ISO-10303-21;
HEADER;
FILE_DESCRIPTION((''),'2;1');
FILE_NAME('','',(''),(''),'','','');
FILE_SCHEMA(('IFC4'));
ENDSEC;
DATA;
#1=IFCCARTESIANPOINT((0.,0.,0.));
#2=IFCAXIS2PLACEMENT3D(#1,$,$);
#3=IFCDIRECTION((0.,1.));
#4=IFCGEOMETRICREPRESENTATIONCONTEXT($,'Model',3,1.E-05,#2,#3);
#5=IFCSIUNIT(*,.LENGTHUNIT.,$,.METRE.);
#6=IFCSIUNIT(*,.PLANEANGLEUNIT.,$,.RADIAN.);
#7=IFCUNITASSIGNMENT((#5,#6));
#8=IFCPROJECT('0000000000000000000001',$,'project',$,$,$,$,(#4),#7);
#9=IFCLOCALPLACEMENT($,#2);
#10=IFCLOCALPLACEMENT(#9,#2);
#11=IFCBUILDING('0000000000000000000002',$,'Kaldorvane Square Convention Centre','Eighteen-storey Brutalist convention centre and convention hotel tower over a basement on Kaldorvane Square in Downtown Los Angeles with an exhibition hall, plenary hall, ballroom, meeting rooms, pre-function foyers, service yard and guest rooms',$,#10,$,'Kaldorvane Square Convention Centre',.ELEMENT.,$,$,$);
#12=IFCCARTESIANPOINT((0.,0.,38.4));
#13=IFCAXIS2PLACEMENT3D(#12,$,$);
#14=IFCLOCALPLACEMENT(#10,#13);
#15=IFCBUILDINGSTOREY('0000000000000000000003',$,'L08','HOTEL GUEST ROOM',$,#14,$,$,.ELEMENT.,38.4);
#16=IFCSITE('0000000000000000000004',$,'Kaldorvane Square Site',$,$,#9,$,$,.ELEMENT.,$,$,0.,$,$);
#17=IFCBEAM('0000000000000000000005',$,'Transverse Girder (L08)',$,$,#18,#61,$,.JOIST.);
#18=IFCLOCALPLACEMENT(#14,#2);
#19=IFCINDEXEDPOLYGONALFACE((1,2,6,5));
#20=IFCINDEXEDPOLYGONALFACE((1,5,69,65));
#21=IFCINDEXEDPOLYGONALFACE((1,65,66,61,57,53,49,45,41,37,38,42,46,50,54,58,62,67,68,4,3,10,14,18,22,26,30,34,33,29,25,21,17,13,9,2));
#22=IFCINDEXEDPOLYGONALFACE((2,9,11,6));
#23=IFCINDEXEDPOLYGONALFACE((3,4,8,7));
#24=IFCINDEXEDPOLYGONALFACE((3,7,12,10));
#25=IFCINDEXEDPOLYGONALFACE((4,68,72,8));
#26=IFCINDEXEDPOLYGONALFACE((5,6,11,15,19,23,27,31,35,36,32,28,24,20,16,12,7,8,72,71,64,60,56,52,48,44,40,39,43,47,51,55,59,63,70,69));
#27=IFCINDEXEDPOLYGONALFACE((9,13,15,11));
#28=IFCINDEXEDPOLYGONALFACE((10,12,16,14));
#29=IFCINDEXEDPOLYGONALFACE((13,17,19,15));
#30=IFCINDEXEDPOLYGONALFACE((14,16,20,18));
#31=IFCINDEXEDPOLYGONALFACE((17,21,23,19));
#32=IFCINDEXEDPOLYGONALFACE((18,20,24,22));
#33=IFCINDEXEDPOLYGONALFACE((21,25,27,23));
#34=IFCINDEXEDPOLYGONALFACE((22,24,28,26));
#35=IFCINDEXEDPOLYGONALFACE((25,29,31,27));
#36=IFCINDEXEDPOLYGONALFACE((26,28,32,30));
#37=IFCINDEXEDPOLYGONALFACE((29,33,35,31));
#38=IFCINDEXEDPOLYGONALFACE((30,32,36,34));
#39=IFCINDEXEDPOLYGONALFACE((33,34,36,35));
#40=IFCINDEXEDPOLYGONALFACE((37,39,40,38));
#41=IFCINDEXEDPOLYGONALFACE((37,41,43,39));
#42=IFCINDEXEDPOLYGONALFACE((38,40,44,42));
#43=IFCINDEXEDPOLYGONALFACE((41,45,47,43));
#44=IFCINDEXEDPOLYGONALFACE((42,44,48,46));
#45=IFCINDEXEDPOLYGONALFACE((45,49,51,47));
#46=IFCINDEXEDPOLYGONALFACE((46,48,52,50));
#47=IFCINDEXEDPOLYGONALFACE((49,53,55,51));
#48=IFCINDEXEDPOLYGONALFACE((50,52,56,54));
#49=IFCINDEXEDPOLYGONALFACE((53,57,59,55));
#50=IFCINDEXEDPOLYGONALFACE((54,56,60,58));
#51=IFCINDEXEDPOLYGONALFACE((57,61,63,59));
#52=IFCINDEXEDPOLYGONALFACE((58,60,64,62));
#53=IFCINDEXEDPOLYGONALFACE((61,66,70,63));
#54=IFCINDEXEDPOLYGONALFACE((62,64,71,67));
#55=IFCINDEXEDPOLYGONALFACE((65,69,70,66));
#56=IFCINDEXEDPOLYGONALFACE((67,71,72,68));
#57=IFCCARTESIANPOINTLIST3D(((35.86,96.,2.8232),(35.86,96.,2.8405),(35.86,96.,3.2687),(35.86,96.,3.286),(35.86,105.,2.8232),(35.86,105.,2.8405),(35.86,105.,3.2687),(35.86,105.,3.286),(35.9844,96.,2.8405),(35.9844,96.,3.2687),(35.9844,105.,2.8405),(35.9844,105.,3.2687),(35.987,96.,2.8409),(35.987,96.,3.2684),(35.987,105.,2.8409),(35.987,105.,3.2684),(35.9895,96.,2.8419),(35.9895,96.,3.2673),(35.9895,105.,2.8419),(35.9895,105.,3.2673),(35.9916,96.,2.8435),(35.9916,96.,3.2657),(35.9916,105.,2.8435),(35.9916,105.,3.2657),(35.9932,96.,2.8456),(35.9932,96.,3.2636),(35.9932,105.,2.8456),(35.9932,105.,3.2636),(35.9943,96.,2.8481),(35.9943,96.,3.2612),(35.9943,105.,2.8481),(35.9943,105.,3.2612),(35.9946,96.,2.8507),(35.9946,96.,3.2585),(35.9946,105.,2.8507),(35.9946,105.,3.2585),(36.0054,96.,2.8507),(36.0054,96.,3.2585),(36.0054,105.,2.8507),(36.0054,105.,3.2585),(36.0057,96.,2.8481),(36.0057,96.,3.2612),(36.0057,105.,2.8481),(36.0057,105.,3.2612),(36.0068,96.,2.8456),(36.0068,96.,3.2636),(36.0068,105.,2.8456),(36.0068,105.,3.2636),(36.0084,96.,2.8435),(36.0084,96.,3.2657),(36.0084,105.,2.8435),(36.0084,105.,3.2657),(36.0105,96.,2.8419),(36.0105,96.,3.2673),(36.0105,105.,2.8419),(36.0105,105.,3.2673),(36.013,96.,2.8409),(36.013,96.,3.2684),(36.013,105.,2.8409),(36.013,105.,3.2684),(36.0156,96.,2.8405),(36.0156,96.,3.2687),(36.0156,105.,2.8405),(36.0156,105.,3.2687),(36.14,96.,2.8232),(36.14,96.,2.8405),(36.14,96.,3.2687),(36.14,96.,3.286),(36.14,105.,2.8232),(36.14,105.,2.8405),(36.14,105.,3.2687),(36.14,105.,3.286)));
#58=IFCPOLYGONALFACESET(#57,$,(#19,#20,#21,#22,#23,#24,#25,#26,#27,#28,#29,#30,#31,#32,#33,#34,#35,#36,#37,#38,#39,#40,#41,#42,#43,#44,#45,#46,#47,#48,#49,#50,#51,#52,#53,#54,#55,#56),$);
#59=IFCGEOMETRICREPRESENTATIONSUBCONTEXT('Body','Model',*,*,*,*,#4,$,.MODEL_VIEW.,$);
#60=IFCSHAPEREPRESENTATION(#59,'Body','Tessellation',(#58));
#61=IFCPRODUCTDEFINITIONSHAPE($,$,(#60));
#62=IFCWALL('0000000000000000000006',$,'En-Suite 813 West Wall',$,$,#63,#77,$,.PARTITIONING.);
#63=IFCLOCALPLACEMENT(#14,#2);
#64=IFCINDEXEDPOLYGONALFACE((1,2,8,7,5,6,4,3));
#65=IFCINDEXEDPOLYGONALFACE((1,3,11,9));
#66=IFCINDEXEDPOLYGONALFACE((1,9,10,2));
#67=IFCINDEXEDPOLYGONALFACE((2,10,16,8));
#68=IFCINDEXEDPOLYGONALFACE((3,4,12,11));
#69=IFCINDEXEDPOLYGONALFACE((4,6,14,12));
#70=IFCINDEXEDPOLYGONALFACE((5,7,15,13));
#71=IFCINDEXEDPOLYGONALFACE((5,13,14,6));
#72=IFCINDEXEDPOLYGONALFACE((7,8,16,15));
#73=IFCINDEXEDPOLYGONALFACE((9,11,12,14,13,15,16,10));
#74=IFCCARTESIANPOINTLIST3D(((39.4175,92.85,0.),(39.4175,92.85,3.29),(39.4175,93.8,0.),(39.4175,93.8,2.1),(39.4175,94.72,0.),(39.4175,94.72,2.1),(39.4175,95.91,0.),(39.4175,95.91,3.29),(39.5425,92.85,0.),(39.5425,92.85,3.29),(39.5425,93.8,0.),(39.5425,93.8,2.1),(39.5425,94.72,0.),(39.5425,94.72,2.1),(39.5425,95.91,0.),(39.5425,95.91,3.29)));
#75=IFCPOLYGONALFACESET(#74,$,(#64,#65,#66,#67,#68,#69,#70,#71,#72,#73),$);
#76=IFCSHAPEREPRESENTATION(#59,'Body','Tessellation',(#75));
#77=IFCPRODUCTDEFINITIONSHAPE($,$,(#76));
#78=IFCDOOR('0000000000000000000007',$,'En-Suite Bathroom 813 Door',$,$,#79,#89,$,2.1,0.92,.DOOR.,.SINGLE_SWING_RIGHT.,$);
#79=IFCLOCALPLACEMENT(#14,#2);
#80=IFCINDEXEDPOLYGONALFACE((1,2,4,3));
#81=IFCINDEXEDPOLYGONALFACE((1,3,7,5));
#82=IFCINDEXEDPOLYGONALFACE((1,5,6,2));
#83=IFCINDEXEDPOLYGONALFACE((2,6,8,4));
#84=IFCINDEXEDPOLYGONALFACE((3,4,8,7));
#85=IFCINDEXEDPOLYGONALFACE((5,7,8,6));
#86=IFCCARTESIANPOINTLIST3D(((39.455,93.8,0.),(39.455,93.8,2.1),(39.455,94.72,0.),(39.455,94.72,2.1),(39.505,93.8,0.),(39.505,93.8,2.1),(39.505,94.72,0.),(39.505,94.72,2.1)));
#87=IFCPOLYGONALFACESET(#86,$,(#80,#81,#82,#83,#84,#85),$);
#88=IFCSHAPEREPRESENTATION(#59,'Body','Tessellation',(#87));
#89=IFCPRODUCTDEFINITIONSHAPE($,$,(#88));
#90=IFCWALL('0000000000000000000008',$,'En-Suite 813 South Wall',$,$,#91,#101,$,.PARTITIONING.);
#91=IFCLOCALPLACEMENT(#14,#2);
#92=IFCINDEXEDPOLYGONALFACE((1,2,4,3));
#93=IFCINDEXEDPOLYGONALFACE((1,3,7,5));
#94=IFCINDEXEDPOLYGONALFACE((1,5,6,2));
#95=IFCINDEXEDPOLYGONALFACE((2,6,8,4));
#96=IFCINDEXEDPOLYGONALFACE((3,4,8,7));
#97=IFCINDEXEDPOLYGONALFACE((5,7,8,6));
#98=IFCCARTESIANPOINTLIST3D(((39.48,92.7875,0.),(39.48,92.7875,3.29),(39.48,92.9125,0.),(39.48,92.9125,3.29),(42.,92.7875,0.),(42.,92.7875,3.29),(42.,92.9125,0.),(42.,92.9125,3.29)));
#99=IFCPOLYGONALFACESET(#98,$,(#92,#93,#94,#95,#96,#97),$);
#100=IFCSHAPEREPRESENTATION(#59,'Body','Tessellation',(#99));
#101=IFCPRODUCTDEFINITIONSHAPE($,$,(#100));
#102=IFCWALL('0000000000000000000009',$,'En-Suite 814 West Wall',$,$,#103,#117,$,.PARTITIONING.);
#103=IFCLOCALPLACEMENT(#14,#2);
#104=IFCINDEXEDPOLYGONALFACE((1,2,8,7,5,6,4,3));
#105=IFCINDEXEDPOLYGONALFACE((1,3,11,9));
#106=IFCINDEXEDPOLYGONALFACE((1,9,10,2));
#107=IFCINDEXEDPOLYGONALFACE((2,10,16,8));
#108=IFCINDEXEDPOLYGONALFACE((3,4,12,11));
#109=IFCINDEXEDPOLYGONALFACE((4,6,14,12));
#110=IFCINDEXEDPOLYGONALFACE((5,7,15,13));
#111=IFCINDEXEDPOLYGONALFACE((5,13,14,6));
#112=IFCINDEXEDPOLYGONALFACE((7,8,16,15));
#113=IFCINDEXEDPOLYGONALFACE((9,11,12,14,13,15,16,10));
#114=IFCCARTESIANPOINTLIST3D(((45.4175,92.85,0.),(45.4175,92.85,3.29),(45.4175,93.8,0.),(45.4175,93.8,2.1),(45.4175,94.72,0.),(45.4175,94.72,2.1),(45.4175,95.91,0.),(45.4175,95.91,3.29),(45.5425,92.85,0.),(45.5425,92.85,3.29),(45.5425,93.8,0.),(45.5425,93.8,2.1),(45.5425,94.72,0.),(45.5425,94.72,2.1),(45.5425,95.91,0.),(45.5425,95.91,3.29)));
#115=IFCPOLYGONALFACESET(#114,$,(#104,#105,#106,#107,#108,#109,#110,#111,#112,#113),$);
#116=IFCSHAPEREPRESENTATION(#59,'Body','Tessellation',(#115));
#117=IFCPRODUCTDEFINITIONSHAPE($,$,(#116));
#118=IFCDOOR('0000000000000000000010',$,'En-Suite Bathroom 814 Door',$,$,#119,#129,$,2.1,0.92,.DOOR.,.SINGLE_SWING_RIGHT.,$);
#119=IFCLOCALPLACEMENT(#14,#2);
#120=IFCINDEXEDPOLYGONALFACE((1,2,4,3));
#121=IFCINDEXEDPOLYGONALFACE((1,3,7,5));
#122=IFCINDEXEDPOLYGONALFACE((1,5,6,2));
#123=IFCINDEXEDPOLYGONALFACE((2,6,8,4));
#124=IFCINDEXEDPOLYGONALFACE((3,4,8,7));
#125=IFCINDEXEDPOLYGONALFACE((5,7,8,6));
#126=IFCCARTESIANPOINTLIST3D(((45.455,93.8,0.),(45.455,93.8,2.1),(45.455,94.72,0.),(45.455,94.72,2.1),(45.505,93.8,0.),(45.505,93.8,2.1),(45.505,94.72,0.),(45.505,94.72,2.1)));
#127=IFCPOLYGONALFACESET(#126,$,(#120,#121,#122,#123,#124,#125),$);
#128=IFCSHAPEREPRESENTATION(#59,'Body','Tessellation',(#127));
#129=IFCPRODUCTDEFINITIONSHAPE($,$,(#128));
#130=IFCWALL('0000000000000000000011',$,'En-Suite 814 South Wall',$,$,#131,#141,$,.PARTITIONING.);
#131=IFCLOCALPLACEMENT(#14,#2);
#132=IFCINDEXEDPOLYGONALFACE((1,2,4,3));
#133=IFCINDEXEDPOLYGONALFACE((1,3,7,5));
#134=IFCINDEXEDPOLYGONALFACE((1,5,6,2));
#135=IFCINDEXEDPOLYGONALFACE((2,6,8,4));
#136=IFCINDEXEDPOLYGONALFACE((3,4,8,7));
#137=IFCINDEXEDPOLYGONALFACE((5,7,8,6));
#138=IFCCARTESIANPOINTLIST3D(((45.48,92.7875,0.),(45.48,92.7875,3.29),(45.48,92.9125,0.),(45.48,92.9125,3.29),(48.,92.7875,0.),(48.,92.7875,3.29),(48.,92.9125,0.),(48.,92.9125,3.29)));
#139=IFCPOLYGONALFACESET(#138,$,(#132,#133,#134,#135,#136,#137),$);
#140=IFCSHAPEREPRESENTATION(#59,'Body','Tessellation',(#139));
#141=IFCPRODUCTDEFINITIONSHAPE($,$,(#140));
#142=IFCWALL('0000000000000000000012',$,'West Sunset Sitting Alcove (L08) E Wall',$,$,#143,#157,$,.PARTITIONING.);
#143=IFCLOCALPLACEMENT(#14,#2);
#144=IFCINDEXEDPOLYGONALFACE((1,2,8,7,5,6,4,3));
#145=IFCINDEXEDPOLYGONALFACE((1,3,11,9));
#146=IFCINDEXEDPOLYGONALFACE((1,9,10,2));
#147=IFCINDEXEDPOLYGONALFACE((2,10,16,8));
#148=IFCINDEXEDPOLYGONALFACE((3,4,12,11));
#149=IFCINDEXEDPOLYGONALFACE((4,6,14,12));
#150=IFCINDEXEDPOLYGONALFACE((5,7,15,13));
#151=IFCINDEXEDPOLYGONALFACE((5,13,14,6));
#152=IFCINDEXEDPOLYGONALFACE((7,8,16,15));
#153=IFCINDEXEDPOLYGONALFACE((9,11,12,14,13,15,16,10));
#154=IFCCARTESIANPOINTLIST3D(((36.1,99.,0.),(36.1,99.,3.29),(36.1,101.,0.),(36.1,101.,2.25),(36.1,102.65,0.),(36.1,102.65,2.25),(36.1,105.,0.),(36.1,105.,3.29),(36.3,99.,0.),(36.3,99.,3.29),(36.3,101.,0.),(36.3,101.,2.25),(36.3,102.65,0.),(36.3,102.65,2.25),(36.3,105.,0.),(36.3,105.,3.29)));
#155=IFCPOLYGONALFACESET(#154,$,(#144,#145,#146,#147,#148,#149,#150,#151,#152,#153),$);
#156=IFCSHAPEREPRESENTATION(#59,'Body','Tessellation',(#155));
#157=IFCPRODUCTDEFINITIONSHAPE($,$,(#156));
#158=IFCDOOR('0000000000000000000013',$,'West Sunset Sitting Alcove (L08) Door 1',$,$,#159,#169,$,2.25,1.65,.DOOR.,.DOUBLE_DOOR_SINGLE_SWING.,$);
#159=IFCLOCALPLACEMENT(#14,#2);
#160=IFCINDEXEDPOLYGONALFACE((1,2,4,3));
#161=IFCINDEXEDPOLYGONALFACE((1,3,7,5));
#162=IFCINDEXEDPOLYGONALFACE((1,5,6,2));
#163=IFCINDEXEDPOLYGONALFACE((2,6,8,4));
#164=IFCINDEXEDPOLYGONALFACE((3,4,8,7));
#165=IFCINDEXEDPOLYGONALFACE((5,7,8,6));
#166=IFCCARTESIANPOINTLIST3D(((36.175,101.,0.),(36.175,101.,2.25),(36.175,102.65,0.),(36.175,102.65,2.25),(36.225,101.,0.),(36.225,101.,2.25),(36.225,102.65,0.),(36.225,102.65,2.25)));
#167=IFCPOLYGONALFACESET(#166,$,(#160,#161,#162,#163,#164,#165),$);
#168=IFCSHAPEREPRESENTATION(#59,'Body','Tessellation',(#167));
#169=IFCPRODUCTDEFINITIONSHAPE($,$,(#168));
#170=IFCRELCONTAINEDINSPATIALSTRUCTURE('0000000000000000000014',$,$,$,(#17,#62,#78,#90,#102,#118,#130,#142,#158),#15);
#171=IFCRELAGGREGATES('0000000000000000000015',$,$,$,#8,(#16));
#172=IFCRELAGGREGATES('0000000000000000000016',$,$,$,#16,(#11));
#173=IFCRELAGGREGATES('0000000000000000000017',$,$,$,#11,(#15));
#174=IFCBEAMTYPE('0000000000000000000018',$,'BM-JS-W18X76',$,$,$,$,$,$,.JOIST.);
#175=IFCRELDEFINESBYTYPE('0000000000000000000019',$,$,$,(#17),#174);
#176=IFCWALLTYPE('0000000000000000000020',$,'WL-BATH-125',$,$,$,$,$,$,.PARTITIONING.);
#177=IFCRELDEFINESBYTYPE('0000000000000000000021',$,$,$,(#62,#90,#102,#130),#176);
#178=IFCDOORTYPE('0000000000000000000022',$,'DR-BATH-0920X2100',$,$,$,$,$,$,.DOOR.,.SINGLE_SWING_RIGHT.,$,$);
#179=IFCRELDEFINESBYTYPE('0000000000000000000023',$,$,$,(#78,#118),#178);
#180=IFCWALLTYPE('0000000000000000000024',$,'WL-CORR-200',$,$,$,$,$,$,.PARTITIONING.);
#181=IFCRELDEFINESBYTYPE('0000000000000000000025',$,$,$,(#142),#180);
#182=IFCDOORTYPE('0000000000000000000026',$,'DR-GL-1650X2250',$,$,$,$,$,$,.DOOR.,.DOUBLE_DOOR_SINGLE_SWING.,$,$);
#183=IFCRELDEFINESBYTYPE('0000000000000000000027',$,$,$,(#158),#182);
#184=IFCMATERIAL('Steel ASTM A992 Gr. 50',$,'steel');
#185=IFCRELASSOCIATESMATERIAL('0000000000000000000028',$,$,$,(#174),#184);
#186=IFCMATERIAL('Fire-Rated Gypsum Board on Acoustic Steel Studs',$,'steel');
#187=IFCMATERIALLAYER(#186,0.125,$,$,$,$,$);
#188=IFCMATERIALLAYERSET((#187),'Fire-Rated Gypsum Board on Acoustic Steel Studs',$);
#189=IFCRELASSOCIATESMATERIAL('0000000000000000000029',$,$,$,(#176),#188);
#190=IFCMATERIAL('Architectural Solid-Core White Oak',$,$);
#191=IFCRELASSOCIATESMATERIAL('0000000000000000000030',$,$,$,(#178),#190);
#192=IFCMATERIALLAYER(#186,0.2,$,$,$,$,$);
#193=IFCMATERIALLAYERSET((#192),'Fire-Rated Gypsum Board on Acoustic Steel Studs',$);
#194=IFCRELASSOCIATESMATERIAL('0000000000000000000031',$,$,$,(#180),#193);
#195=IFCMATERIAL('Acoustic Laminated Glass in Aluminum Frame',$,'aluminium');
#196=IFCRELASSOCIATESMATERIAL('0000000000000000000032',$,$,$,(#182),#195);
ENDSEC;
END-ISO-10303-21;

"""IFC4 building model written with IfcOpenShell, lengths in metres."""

from ifc_helpers import new_model, si_unit, direction, frame, frame_2d, origin, origin_2d, place, context, subcontext, project, spatial, rectangle, i_section, extrude, material, layer, layer_set, material_profile, profile_set, type_object, element, fill, save


model = new_model("IFC4")

# Units and contexts
model_context = context("Model", 3, precision=1e-05, world=origin(), true_north=direction((0.0, 1.0)))
body_context = subcontext(model_context, "Body", "Model", "MODEL_VIEW")
ifc_project = project(units=[si_unit("LENGTHUNIT", "METRE"), si_unit("PLANEANGLEUNIT", "RADIAN")], contexts=[model_context])

# Site, building, storey
site_placement = place(None, origin())
site = spatial("IfcSite", under=ifc_project, at=site_placement, Name="Kaldorvane Square Site", CompositionType="ELEMENT", RefElevation=0.0)
building_placement = place(site_placement, origin())
building = spatial("IfcBuilding", under=site, at=building_placement, Name="Kaldorvane Square Convention Centre", Description="Eighteen-storey Brutalist convention centre and convention hotel tower over a basement on Kaldorvane Square in Downtown Los Angeles with an exhibition hall, plenary hall, ballroom, meeting rooms, pre-function foyers, service yard and guest rooms", LongName="Kaldorvane Square Convention Centre", CompositionType="ELEMENT")
storey_placement = place(building_placement, frame((0.0, 0.0, 38.4)))
storey = spatial("IfcBuildingStorey", under=building, at=storey_placement, Name="L08", Description="HOTEL GUEST ROOM", CompositionType="ELEMENT", Elevation=38.4)

# Shared definitions
ifc_material_1 = material(Name="Steel ASTM A992 Gr. 50", Category="steel")

# Beam
ifc_material_profile_1 = material_profile(ifc_material_1, i_section(OverallWidth=0.2799, OverallDepth=0.4628, WebThickness=0.0108, FlangeThickness=0.0173, FilletRadius=0.0102, at=origin_2d()), Name="W18X76")
ifc_profile_set_1 = profile_set([ifc_material_profile_1], Name="Steel ASTM A992 Gr. 50")
beam_type_1 = type_object("IfcBeamType", Name="BM-JS-W18X76", PredefinedType="JOIST", material=ifc_profile_set_1)
beam_1_placement = place(storey_placement, frame((36.0, 96.0, 3.0546), z_axis=(0.0, 1.0, 0.0), x_axis=(-1.0, 0.0, 0.0)))
element("IfcBeam", 1, at=beam_1_placement, inside=storey, type_object=beam_type_1, Name="Transverse Girder (L08)", PredefinedType="JOIST", context=body_context, shape_type="SweptSolid", body=[
    extrude(i_section(OverallWidth=0.2799, OverallDepth=0.4628, WebThickness=0.0108, FlangeThickness=0.0173, FilletRadius=0.0102, at=origin_2d()), origin(), (0.0, 0.0, 1.0), 9.0),
])

# Wall, opening, door
ifc_material_2 = material(Name="Fire-Rated Gypsum Board on Acoustic Steel Studs", Category="steel")
ifc_layer_1 = layer(ifc_material_2, 0.125)
ifc_layer_set_1 = layer_set([ifc_layer_1], Name="Fire-Rated Gypsum Board on Acoustic Steel Studs")
wall_type_1 = type_object("IfcWallType", Name="WL-BATH-125", PredefinedType="PARTITIONING", material=ifc_layer_set_1)
wall_1_placement = place(storey_placement, frame((39.48, 92.85, 0.0), z_axis=(0.0, 0.0, 1.0), x_axis=(0.0, 1.0, 0.0)))
wall_1 = element("IfcWall", 2, at=wall_1_placement, inside=storey, type_object=wall_type_1, Name="En-Suite 813 West Wall", PredefinedType="PARTITIONING", context=body_context, shape_type="SweptSolid", body=[
    extrude(rectangle(XDim=3.06, YDim=0.125, at=frame_2d((1.53, 0.0))), origin(), (0.0, 0.0, 1.0), 3.29),
])
opening_1_placement = place(wall_1_placement, frame((0.95, 0.0, 0.0)))
opening_1 = element("IfcOpeningElement", 3, at=opening_1_placement, cuts=wall_1, PredefinedType="OPENING", context=body_context, shape_type="SweptSolid", body=[
    extrude(rectangle(XDim=0.92, YDim=2.1, at=frame_2d((0.46, 1.05))), frame((0.0, 0.0775, 0.0), z_axis=(0.0, -1.0, 0.0), x_axis=(1.0, 0.0, 0.0)), (0.0, 0.0, 1.0), 0.155),
])
ifc_material_3 = material(Name="Architectural Solid-Core White Oak")
door_type_1 = type_object("IfcDoorType", Name="DR-BATH-0920X2100", OperationType="SINGLE_SWING_RIGHT", PredefinedType="DOOR", material=ifc_material_3)
door_1_placement = place(opening_1_placement, origin())
door_1 = element("IfcDoor", 4, at=door_1_placement, inside=storey, type_object=door_type_1, Name="En-Suite Bathroom 813 Door", OperationType="SINGLE_SWING_RIGHT", OverallHeight=2.1, OverallWidth=0.92, PredefinedType="DOOR", context=body_context, shape_type="SweptSolid", body=[
    extrude(rectangle(XDim=0.92, YDim=2.1, at=frame_2d((0.46, 1.05))), frame((0.0, 0.025, 0.0), z_axis=(0.0, -1.0, 0.0), x_axis=(1.0, 0.0, 0.0)), (0.0, 0.0, 1.0), 0.05),
])
fill(opening_1, door_1)

# Wall
wall_2_placement = place(storey_placement, frame((39.48, 92.85, 0.0), z_axis=(0.0, 0.0, 1.0), x_axis=(1.0, 0.0, 0.0)))
element("IfcWall", 5, at=wall_2_placement, inside=storey, type_object=wall_type_1, Name="En-Suite 813 South Wall", PredefinedType="PARTITIONING", context=body_context, shape_type="SweptSolid", body=[
    extrude(rectangle(XDim=2.52, YDim=0.125, at=frame_2d((1.26, 0.0))), origin(), (0.0, 0.0, 1.0), 3.29),
])

# Wall, opening, door
wall_3_placement = place(storey_placement, frame((45.48, 92.85, 0.0), z_axis=(0.0, 0.0, 1.0), x_axis=(0.0, 1.0, 0.0)))
wall_3 = element("IfcWall", 6, at=wall_3_placement, inside=storey, type_object=wall_type_1, Name="En-Suite 814 West Wall", PredefinedType="PARTITIONING", context=body_context, shape_type="SweptSolid", body=[
    extrude(rectangle(XDim=3.06, YDim=0.125, at=frame_2d((1.53, 0.0))), origin(), (0.0, 0.0, 1.0), 3.29),
])
opening_2_placement = place(wall_3_placement, frame((0.95, 0.0, 0.0)))
opening_2 = element("IfcOpeningElement", 7, at=opening_2_placement, cuts=wall_3, PredefinedType="OPENING", context=body_context, shape_type="SweptSolid", body=[
    extrude(rectangle(XDim=0.92, YDim=2.1, at=frame_2d((0.46, 1.05))), frame((0.0, 0.0775, 0.0), z_axis=(0.0, -1.0, 0.0), x_axis=(1.0, 0.0, 0.0)), (0.0, 0.0, 1.0), 0.155),
])
door_2_placement = place(opening_2_placement, origin())
door_2 = element("IfcDoor", 8, at=door_2_placement, inside=storey, type_object=door_type_1, Name="En-Suite Bathroom 814 Door", OperationType="SINGLE_SWING_RIGHT", OverallHeight=2.1, OverallWidth=0.92, PredefinedType="DOOR", context=body_context, shape_type="SweptSolid", body=[
    extrude(rectangle(XDim=0.92, YDim=2.1, at=frame_2d((0.46, 1.05))), frame((0.0, 0.025, 0.0), z_axis=(0.0, -1.0, 0.0), x_axis=(1.0, 0.0, 0.0)), (0.0, 0.0, 1.0), 0.05),
])
fill(opening_2, door_2)

# Wall
wall_4_placement = place(storey_placement, frame((45.48, 92.85, 0.0), z_axis=(0.0, 0.0, 1.0), x_axis=(1.0, 0.0, 0.0)))
element("IfcWall", 9, at=wall_4_placement, inside=storey, type_object=wall_type_1, Name="En-Suite 814 South Wall", PredefinedType="PARTITIONING", context=body_context, shape_type="SweptSolid", body=[
    extrude(rectangle(XDim=2.52, YDim=0.125, at=frame_2d((1.26, 0.0))), origin(), (0.0, 0.0, 1.0), 3.29),
])

# Wall, opening, door
ifc_layer_2 = layer(ifc_material_2, 0.2)
ifc_layer_set_2 = layer_set([ifc_layer_2], Name="Fire-Rated Gypsum Board on Acoustic Steel Studs")
wall_type_2 = type_object("IfcWallType", Name="WL-CORR-200", PredefinedType="PARTITIONING", material=ifc_layer_set_2)
wall_5_placement = place(storey_placement, frame((36.2, 99.0, 0.0), z_axis=(0.0, 0.0, 1.0), x_axis=(0.0, 1.0, 0.0)))
wall_5 = element("IfcWall", 10, at=wall_5_placement, inside=storey, type_object=wall_type_2, Name="West Sunset Sitting Alcove (L08) E Wall", PredefinedType="PARTITIONING", context=body_context, shape_type="SweptSolid", body=[
    extrude(rectangle(XDim=6.0, YDim=0.2, at=frame_2d((3.0, 0.0))), origin(), (0.0, 0.0, 1.0), 3.29),
])
opening_3_placement = place(wall_5_placement, frame((2.0, 0.0, 0.0)))
opening_3 = element("IfcOpeningElement", 11, at=opening_3_placement, cuts=wall_5, PredefinedType="OPENING", context=body_context, shape_type="SweptSolid", body=[
    extrude(rectangle(XDim=1.65, YDim=2.25, at=frame_2d((0.825, 1.125))), frame((0.0, 0.115, 0.0), z_axis=(0.0, -1.0, 0.0), x_axis=(1.0, 0.0, 0.0)), (0.0, 0.0, 1.0), 0.23),
])
ifc_material_4 = material(Name="Acoustic Laminated Glass in Aluminum Frame", Category="aluminium")
door_type_2 = type_object("IfcDoorType", Name="DR-GL-1650X2250", OperationType="DOUBLE_DOOR_SINGLE_SWING", PredefinedType="DOOR", material=ifc_material_4)
door_3_placement = place(opening_3_placement, origin())
door_3 = element("IfcDoor", 12, at=door_3_placement, inside=storey, type_object=door_type_2, Name="West Sunset Sitting Alcove (L08) Door 1", OperationType="DOUBLE_DOOR_SINGLE_SWING", OverallHeight=2.25, OverallWidth=1.65, PredefinedType="DOOR", context=body_context, shape_type="SweptSolid", body=[
    extrude(rectangle(XDim=1.65, YDim=2.25, at=frame_2d((0.825, 1.125))), frame((0.0, 0.025, 0.0), z_axis=(0.0, -1.0, 0.0), x_axis=(1.0, 0.0, 0.0)), (0.0, 0.0, 1.0), 0.05),
])
fill(opening_3, door_3)

save(model, "model.ifc")
